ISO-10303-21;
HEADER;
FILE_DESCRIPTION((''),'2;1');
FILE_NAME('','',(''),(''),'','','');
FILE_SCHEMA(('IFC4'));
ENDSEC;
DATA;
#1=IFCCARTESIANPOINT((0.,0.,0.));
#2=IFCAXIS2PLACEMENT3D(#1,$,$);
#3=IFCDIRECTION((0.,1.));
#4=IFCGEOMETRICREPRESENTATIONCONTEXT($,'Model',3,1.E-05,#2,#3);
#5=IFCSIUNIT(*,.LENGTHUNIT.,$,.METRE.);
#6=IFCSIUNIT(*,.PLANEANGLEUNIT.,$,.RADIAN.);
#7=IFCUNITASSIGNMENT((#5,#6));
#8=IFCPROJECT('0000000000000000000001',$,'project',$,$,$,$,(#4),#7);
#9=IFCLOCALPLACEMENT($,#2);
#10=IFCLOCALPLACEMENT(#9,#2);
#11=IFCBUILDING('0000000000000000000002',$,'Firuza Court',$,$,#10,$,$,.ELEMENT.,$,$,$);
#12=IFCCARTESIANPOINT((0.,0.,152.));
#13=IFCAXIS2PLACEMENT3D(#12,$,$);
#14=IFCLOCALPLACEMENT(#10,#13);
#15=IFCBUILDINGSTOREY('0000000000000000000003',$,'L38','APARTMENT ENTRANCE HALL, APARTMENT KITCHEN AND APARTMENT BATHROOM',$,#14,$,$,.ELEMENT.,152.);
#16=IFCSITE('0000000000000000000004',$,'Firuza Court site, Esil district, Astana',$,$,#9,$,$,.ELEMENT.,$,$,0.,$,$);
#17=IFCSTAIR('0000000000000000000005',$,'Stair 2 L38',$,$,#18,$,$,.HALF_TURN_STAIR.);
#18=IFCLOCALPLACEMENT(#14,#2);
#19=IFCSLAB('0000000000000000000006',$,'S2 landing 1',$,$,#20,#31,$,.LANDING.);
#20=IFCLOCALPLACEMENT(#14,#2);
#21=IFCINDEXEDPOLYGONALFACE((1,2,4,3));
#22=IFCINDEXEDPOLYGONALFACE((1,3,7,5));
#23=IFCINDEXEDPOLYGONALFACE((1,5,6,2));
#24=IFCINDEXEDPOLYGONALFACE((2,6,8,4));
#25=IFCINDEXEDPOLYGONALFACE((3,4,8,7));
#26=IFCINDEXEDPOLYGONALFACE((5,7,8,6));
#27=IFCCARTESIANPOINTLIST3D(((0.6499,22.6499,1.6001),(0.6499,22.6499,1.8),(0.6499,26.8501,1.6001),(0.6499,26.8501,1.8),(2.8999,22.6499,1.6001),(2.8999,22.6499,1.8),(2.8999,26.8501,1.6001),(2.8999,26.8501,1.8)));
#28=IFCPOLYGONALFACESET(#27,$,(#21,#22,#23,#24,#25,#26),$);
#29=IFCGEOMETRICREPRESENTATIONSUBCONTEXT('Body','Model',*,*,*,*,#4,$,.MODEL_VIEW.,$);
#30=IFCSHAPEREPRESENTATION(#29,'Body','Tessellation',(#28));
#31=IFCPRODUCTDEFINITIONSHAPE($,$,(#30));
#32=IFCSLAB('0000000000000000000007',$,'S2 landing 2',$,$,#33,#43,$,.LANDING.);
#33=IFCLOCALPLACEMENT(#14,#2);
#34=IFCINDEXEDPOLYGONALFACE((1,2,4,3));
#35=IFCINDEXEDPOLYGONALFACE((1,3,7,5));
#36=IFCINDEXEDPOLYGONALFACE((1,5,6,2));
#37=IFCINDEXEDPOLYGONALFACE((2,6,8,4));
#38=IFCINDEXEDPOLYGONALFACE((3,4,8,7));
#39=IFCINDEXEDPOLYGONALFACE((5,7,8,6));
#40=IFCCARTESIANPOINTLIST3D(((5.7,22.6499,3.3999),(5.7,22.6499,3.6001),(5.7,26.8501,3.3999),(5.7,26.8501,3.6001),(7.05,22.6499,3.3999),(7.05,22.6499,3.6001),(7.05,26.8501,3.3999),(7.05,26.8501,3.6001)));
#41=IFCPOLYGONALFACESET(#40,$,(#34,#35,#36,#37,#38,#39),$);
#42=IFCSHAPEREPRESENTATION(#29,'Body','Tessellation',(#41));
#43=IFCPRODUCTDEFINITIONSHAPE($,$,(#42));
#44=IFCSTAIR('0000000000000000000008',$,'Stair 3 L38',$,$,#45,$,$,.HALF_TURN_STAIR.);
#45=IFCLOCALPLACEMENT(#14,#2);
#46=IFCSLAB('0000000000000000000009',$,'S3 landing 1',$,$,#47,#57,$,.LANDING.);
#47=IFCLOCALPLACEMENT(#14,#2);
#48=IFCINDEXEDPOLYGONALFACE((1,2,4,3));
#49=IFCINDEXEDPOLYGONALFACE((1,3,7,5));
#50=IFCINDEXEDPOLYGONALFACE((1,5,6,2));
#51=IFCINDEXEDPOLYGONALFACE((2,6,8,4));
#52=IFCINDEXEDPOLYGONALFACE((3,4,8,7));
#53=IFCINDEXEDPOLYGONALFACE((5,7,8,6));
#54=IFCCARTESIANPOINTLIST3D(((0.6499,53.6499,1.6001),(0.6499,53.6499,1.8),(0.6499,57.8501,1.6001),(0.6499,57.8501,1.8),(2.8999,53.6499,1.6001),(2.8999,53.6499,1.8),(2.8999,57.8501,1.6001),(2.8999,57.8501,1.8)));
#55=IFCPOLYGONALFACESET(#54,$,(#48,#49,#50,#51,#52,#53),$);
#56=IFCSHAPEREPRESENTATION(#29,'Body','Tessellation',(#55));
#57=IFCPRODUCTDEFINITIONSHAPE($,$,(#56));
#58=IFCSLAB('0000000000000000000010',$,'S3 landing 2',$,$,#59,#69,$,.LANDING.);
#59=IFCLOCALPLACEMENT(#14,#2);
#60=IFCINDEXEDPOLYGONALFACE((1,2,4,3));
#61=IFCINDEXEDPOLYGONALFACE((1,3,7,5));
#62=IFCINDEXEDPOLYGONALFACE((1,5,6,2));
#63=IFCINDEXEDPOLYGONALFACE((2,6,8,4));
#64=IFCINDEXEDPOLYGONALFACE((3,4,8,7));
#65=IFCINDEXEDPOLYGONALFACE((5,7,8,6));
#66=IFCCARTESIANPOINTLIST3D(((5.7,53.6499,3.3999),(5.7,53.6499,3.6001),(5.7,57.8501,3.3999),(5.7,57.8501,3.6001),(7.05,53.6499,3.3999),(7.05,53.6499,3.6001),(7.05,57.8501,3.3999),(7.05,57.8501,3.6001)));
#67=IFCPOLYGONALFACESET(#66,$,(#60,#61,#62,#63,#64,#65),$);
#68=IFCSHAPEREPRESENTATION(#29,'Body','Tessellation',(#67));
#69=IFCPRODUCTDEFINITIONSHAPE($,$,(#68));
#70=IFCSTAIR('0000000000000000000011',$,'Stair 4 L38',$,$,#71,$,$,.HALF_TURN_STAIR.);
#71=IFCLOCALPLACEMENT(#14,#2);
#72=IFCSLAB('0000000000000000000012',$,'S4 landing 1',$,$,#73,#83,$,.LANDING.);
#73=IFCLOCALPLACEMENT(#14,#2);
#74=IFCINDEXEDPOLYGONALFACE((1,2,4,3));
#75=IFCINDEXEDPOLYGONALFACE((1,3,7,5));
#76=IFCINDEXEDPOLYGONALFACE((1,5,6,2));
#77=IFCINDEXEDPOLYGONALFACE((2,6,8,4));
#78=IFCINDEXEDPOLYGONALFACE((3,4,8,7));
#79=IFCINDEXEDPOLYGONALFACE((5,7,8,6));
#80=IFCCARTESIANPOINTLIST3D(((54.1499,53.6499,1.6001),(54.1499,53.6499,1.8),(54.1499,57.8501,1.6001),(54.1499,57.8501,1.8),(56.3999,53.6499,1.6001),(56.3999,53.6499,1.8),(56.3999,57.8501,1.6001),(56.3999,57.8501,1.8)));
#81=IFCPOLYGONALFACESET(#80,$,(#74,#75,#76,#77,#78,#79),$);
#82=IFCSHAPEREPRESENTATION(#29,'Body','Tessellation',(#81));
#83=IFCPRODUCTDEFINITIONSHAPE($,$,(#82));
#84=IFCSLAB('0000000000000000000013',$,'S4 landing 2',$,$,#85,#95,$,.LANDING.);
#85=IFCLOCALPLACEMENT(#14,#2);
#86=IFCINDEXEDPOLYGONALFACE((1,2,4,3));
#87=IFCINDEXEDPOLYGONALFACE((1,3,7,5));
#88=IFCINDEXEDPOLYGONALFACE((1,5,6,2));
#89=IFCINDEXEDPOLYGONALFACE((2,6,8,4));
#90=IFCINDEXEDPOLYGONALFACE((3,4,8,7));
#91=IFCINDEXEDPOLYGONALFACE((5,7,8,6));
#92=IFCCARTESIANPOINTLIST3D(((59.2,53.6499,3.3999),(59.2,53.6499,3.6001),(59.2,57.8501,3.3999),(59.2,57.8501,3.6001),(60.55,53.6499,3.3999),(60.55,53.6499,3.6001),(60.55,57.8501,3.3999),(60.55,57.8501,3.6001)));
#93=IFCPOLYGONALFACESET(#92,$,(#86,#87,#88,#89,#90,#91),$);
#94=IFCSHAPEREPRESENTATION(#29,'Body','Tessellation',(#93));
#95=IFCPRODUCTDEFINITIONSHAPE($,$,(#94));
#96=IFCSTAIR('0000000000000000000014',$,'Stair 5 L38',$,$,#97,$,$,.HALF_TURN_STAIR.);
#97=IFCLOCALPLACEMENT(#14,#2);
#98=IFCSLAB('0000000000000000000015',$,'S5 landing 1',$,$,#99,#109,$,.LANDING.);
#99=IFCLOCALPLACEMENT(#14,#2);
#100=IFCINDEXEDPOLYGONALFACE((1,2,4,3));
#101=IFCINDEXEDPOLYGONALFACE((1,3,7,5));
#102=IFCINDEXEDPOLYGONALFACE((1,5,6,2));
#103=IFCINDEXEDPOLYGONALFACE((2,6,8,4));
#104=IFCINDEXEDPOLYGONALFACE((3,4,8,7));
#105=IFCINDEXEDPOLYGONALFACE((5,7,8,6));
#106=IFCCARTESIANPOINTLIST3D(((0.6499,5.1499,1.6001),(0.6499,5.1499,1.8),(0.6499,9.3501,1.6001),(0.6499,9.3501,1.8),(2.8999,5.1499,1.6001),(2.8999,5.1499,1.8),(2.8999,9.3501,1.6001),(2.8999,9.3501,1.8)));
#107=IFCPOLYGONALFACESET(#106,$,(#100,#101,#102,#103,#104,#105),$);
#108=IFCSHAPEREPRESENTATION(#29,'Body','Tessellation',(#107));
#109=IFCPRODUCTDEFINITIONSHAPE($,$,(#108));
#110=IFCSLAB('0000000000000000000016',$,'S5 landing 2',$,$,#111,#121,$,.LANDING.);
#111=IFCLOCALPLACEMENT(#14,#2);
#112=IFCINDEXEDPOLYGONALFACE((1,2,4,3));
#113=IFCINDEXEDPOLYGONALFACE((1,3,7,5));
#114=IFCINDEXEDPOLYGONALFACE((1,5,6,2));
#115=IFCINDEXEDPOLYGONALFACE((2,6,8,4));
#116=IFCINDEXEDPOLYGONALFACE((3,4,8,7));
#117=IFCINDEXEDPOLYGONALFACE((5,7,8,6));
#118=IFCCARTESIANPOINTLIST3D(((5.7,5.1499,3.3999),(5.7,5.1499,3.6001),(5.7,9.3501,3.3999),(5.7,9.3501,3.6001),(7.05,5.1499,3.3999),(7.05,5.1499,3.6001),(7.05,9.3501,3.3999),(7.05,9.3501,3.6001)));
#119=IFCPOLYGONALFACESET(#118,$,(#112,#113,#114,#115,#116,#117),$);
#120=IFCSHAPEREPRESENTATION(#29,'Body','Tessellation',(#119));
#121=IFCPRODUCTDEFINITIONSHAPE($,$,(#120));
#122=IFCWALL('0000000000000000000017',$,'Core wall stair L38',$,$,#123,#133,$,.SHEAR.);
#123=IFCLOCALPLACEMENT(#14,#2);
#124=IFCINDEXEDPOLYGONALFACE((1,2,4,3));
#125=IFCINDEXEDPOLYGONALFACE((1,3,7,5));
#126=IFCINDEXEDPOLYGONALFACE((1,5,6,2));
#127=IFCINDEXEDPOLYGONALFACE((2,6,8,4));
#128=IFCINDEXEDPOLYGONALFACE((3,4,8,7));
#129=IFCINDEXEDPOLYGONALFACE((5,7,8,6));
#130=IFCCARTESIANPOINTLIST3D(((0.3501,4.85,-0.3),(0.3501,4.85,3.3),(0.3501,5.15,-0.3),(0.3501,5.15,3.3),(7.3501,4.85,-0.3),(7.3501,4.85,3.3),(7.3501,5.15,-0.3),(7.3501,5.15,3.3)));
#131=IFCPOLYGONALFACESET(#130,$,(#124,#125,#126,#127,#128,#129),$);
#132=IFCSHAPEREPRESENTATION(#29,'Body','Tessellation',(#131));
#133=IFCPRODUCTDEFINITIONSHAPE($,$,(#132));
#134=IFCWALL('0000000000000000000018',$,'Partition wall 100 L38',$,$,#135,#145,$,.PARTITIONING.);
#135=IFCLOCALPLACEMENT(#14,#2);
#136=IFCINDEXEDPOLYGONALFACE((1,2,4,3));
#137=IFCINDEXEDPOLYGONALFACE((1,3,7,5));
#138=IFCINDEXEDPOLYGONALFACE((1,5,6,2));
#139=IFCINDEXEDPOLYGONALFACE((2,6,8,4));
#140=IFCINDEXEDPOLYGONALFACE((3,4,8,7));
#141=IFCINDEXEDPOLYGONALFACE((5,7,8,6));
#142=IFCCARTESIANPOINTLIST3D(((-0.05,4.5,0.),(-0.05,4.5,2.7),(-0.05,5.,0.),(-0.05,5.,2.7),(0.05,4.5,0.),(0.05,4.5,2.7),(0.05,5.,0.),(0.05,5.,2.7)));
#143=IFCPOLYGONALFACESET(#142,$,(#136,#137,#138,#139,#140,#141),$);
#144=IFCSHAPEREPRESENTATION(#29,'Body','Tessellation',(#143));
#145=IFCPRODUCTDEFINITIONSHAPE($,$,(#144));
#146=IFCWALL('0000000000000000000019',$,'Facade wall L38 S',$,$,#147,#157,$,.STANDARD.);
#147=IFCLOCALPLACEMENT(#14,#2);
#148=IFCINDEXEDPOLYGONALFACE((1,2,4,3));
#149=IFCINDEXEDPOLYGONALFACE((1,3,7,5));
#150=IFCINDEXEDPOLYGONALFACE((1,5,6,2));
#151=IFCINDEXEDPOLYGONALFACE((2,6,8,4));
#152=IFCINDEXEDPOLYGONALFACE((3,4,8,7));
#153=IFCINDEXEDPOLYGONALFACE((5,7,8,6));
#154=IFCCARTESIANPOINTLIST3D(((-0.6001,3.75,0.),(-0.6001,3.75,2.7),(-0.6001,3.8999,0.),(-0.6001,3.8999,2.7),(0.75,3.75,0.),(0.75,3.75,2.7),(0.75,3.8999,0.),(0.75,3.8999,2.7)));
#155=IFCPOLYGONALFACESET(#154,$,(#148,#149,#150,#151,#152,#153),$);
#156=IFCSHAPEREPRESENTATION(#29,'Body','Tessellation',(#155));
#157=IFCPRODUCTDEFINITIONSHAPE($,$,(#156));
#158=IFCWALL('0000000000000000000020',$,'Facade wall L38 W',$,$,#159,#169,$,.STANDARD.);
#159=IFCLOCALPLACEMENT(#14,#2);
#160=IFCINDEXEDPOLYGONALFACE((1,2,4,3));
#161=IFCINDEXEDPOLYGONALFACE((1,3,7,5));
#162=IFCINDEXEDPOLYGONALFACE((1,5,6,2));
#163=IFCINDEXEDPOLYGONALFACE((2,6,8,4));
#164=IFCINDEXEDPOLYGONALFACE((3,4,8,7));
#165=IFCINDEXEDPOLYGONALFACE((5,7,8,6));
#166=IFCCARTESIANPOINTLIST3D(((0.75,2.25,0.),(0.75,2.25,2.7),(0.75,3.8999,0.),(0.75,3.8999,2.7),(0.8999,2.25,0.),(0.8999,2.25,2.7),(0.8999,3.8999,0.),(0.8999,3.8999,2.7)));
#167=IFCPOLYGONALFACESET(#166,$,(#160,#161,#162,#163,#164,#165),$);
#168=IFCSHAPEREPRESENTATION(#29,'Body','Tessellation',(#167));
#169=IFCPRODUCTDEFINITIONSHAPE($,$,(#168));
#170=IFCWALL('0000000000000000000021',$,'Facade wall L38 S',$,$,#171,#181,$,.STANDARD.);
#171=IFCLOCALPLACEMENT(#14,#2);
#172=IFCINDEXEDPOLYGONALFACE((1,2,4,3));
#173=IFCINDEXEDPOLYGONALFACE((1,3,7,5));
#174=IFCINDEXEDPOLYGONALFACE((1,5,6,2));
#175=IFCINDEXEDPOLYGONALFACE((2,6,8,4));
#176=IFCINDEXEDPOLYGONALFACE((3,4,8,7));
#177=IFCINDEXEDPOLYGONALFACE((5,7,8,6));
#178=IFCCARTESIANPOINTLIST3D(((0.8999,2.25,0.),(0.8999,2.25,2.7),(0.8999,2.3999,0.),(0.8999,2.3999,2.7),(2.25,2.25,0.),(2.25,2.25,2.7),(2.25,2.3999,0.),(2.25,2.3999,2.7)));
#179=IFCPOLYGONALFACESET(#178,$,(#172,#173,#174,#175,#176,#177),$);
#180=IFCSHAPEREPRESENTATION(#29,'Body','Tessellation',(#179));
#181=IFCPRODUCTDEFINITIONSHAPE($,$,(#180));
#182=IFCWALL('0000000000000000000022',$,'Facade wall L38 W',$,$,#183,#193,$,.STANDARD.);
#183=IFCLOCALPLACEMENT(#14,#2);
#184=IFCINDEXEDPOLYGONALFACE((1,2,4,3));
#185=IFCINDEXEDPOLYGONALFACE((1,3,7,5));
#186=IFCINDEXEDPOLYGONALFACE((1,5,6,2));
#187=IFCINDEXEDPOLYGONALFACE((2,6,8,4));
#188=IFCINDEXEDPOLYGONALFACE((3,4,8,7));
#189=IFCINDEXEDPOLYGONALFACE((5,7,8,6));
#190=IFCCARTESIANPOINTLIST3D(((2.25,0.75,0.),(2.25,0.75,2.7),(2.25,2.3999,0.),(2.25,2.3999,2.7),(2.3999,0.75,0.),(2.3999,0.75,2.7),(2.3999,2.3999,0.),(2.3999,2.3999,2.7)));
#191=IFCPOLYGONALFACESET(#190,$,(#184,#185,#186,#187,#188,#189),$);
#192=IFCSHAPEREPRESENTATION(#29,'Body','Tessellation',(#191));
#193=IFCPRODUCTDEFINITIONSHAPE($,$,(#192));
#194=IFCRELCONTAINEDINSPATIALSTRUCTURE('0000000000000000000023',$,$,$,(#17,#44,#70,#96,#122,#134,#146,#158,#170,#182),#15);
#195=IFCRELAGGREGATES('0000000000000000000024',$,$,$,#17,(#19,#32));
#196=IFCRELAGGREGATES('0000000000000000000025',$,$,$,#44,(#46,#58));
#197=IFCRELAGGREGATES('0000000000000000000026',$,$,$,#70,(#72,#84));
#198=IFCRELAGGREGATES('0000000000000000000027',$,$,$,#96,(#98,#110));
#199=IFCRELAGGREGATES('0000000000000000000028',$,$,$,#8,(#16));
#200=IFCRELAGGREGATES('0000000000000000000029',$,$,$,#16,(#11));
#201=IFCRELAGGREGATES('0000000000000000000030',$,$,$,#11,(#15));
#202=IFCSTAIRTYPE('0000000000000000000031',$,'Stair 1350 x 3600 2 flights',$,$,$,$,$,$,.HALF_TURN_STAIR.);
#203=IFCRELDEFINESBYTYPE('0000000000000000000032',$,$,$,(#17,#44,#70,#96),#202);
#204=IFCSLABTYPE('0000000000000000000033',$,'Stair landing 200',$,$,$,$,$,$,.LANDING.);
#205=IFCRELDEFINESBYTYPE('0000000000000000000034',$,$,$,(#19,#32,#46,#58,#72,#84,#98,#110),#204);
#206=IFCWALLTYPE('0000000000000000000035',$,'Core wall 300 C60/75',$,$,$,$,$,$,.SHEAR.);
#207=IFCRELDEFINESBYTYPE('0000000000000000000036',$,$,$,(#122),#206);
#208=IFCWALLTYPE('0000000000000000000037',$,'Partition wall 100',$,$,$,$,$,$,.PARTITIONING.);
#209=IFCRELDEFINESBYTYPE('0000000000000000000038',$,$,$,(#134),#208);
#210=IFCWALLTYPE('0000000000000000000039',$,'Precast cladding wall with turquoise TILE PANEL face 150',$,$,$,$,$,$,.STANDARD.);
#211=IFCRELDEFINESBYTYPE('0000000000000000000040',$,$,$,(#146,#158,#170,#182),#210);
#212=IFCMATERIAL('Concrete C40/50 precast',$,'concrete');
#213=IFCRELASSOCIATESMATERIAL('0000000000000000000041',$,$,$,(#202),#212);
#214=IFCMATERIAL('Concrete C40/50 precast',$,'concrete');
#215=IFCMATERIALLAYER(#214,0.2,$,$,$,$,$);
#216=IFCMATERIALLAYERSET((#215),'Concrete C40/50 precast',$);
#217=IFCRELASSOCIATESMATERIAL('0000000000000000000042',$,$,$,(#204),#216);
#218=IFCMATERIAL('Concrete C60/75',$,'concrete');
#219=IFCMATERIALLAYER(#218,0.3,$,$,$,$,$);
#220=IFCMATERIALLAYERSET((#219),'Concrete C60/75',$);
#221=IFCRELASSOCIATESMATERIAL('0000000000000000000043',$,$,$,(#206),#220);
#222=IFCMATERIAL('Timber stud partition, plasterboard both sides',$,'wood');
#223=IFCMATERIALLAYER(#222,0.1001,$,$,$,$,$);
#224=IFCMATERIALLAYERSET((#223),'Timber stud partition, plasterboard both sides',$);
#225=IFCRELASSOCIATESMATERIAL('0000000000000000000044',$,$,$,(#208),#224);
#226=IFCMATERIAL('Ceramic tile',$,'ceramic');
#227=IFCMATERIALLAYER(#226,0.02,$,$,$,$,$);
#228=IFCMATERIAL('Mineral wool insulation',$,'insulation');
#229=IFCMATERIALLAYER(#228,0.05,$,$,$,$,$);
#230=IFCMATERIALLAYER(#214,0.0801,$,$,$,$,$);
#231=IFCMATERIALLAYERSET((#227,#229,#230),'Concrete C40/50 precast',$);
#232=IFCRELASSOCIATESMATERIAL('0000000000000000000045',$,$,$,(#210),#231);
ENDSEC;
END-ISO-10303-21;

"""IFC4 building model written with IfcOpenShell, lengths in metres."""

from ifc_helpers import new_model, si_unit, direction, frame, frame_2d, origin, place, context, subcontext, project, spatial, polyline, rectangle, outline, extrude, material, layer, layer_set, type_object, element, aggregate, save


model = new_model("IFC4")

# Units and contexts
model_context = context("Model", 3, precision=1e-05, world=origin(), true_north=direction((0.0, 1.0)))
body_context = subcontext(model_context, "Body", "Model", "MODEL_VIEW")
ifc_project = project(units=[si_unit("LENGTHUNIT", "METRE"), si_unit("PLANEANGLEUNIT", "RADIAN")], contexts=[model_context])

# Site, building, storey
site_placement = place(None, origin())
site = spatial("IfcSite", under=ifc_project, at=site_placement, Name="Firuza Court site, Esil district, Astana", CompositionType="ELEMENT", RefElevation=0.0)
building_placement = place(site_placement, origin())
building = spatial("IfcBuilding", under=site, at=building_placement, Name="Firuza Court", CompositionType="ELEMENT")
storey_placement = place(building_placement, frame((0.0, 0.0, 152.0)))
storey = spatial("IfcBuildingStorey", under=building, at=storey_placement, Name="L38", Description="APARTMENT ENTRANCE HALL, APARTMENT KITCHEN AND APARTMENT BATHROOM", CompositionType="ELEMENT", Elevation=152.0)

# Stairs, slabs
ifc_material_1 = material(Name="Concrete C40/50 precast", Category="concrete")
stair_type = type_object("IfcStairType", Name="Stair 1350 x 3600 2 flights", PredefinedType="HALF_TURN_STAIR", material=ifc_material_1)
ifc_material_2 = material(Name="Concrete C40/50 precast", Category="concrete")
ifc_layer_1 = layer(ifc_material_2, 0.2)
ifc_layer_set_1 = layer_set([ifc_layer_1], Name="Concrete C40/50 precast")
slab_type_1 = type_object("IfcSlabType", Name="Stair landing 200", PredefinedType="LANDING", material=ifc_layer_set_1)
stair_1_placement = place(storey_placement, origin())
stair_1 = element("IfcStair", 1, at=stair_1_placement, inside=storey, type_object=stair_type, Name="Stair 2 L38", PredefinedType="HALF_TURN_STAIR")
slab_1_placement = place(storey_placement, frame((0.0, 0.0, 1.6001)))
slab_1 = element("IfcSlab", 2, at=slab_1_placement, type_object=slab_type_1, Name="S2 landing 1", PredefinedType="LANDING", context=body_context, shape_type="SweptSolid", body=[
    extrude(outline(polyline([(2.8999, 22.6499), (2.8999, 26.8501), (0.6499, 26.8501), (0.6499, 22.6499), (2.8999, 22.6499)])), origin(), (0.0, 0.0, 1.0), 0.2),
])
slab_2_placement = place(storey_placement, frame((0.0, 0.0, 3.3999)))
slab_2 = element("IfcSlab", 3, at=slab_2_placement, type_object=slab_type_1, Name="S2 landing 2", PredefinedType="LANDING", context=body_context, shape_type="SweptSolid", body=[
    extrude(outline(polyline([(7.05, 22.6499), (7.05, 26.8501), (5.7, 26.8501), (5.7, 22.6499), (7.05, 22.6499)])), origin(), (0.0, 0.0, 1.0), 0.2002),
])
aggregate(stair_1, [slab_1, slab_2])
stair_2_placement = place(storey_placement, origin())
stair_2 = element("IfcStair", 4, at=stair_2_placement, inside=storey, type_object=stair_type, Name="Stair 3 L38", PredefinedType="HALF_TURN_STAIR")
slab_3_placement = place(storey_placement, frame((0.0, 0.0, 1.6001)))
slab_3 = element("IfcSlab", 5, at=slab_3_placement, type_object=slab_type_1, Name="S3 landing 1", PredefinedType="LANDING", context=body_context, shape_type="SweptSolid", body=[
    extrude(outline(polyline([(2.8999, 53.6499), (2.8999, 57.8501), (0.6499, 57.8501), (0.6499, 53.6499), (2.8999, 53.6499)])), origin(), (0.0, 0.0, 1.0), 0.2),
])
slab_4_placement = place(storey_placement, frame((0.0, 0.0, 3.3999)))
slab_4 = element("IfcSlab", 6, at=slab_4_placement, type_object=slab_type_1, Name="S3 landing 2", PredefinedType="LANDING", context=body_context, shape_type="SweptSolid", body=[
    extrude(outline(polyline([(7.05, 53.6499), (7.05, 57.8501), (5.7, 57.8501), (5.7, 53.6499), (7.05, 53.6499)])), origin(), (0.0, 0.0, 1.0), 0.2002),
])
aggregate(stair_2, [slab_3, slab_4])
stair_3_placement = place(storey_placement, origin())
stair_3 = element("IfcStair", 7, at=stair_3_placement, inside=storey, type_object=stair_type, Name="Stair 4 L38", PredefinedType="HALF_TURN_STAIR")
slab_5_placement = place(storey_placement, frame((0.0, 0.0, 1.6001)))
slab_5 = element("IfcSlab", 8, at=slab_5_placement, type_object=slab_type_1, Name="S4 landing 1", PredefinedType="LANDING", context=body_context, shape_type="SweptSolid", body=[
    extrude(outline(polyline([(56.3999, 53.6499), (56.3999, 57.8501), (54.1499, 57.8501), (54.1499, 53.6499), (56.3999, 53.6499)])), origin(), (0.0, 0.0, 1.0), 0.2),
])
slab_6_placement = place(storey_placement, frame((0.0, 0.0, 3.3999)))
slab_6 = element("IfcSlab", 9, at=slab_6_placement, type_object=slab_type_1, Name="S4 landing 2", PredefinedType="LANDING", context=body_context, shape_type="SweptSolid", body=[
    extrude(outline(polyline([(60.55, 53.6499), (60.55, 57.8501), (59.2, 57.8501), (59.2, 53.6499), (60.55, 53.6499)])), origin(), (0.0, 0.0, 1.0), 0.2002),
])
aggregate(stair_3, [slab_5, slab_6])
stair_4_placement = place(storey_placement, origin())
stair_4 = element("IfcStair", 10, at=stair_4_placement, inside=storey, type_object=stair_type, Name="Stair 5 L38", PredefinedType="HALF_TURN_STAIR")
slab_7_placement = place(storey_placement, frame((0.0, 0.0, 1.6001)))
slab_7 = element("IfcSlab", 11, at=slab_7_placement, type_object=slab_type_1, Name="S5 landing 1", PredefinedType="LANDING", context=body_context, shape_type="SweptSolid", body=[
    extrude(outline(polyline([(2.8999, 5.1499), (2.8999, 9.3501), (0.6499, 9.3501), (0.6499, 5.1499), (2.8999, 5.1499)])), origin(), (0.0, 0.0, 1.0), 0.2),
])
slab_8_placement = place(storey_placement, frame((0.0, 0.0, 3.3999)))
slab_8 = element("IfcSlab", 12, at=slab_8_placement, type_object=slab_type_1, Name="S5 landing 2", PredefinedType="LANDING", context=body_context, shape_type="SweptSolid", body=[
    extrude(outline(polyline([(7.05, 5.1499), (7.05, 9.3501), (5.7, 9.3501), (5.7, 5.1499), (7.05, 5.1499)])), origin(), (0.0, 0.0, 1.0), 0.2002),
])
aggregate(stair_4, [slab_7, slab_8])

# Walls
ifc_material_3 = material(Name="Concrete C60/75", Category="concrete")
ifc_layer_2 = layer(ifc_material_3, 0.3)
ifc_layer_set_2 = layer_set([ifc_layer_2], Name="Concrete C60/75")
wall_type_1 = type_object("IfcWallType", Name="Core wall 300 C60/75", PredefinedType="SHEAR", material=ifc_layer_set_2)
wall_1_placement = place(storey_placement, frame((0.3501, 5.0, -0.3), z_axis=(0.0, 0.0, 1.0), x_axis=(1.0, 0.0, 0.0)))
element("IfcWall", 13, at=wall_1_placement, inside=storey, type_object=wall_type_1, Name="Core wall stair L38", PredefinedType="SHEAR", context=body_context, shape_type="SweptSolid", body=[
    extrude(rectangle(XDim=7.0, YDim=0.3, at=frame_2d((3.5, 0.0))), origin(), (0.0, 0.0, 1.0), 3.6001),
])
ifc_material_4 = material(Name="Timber stud partition, plasterboard both sides", Category="wood")
ifc_layer_3 = layer(ifc_material_4, 0.1001)
ifc_layer_set_3 = layer_set([ifc_layer_3], Name="Timber stud partition, plasterboard both sides")
wall_type_2 = type_object("IfcWallType", Name="Partition wall 100", PredefinedType="PARTITIONING", material=ifc_layer_set_3)
wall_2_placement = place(storey_placement, frame((0.0, 4.5, 0.0), z_axis=(0.0, 0.0, 1.0), x_axis=(0.0, 1.0, 0.0)))
element("IfcWall", 14, at=wall_2_placement, inside=storey, type_object=wall_type_2, Name="Partition wall 100 L38", PredefinedType="PARTITIONING", context=body_context, shape_type="SweptSolid", body=[
    extrude(rectangle(XDim=0.5, YDim=0.1001, at=frame_2d((0.25, 0.0))), origin(), (0.0, 0.0, 1.0), 2.7),
])
ifc_material_5 = material(Name="Ceramic tile", Category="ceramic")
ifc_layer_4 = layer(ifc_material_5, 0.02)
ifc_material_6 = material(Name="Mineral wool insulation", Category="insulation")
ifc_layer_5 = layer(ifc_material_6, 0.05)
ifc_layer_6 = layer(ifc_material_2, 0.0801)
ifc_layer_set_4 = layer_set([ifc_layer_4, ifc_layer_5, ifc_layer_6], Name="Concrete C40/50 precast")
wall_type_3 = type_object("IfcWallType", Name="Precast cladding wall with turquoise TILE PANEL face 150", PredefinedType="STANDARD", material=ifc_layer_set_4)
wall_3_placement = place(storey_placement, frame((-0.6001, 3.825, 0.0), z_axis=(0.0, 0.0, 1.0), x_axis=(1.0, 0.0, 0.0)))
element("IfcWall", 15, at=wall_3_placement, inside=storey, type_object=wall_type_3, Name="Facade wall L38 S", PredefinedType="STANDARD", context=body_context, shape_type="SweptSolid", body=[
    extrude(rectangle(XDim=1.3501, YDim=0.1499, at=frame_2d((0.675, 0.0))), origin(), (0.0, 0.0, 1.0), 2.7),
])
wall_4_placement = place(storey_placement, frame((0.825, 3.8999, 0.0), z_axis=(0.0, 0.0, 1.0), x_axis=(0.0, -1.0, 0.0)))
element("IfcWall", 16, at=wall_4_placement, inside=storey, type_object=wall_type_3, Name="Facade wall L38 W", PredefinedType="STANDARD", context=body_context, shape_type="SweptSolid", body=[
    extrude(rectangle(XDim=1.6499, YDim=0.1499, at=frame_2d((0.825, 0.0))), origin(), (0.0, 0.0, 1.0), 2.7),
])
wall_5_placement = place(storey_placement, frame((0.8999, 2.325, 0.0), z_axis=(0.0, 0.0, 1.0), x_axis=(1.0, 0.0, 0.0)))
element("IfcWall", 17, at=wall_5_placement, inside=storey, type_object=wall_type_3, Name="Facade wall L38 S", PredefinedType="STANDARD", context=body_context, shape_type="SweptSolid", body=[
    extrude(rectangle(XDim=1.3501, YDim=0.1499, at=frame_2d((0.675, 0.0))), origin(), (0.0, 0.0, 1.0), 2.7),
])
wall_6_placement = place(storey_placement, frame((2.325, 2.3999, 0.0), z_axis=(0.0, 0.0, 1.0), x_axis=(0.0, -1.0, 0.0)))
element("IfcWall", 18, at=wall_6_placement, inside=storey, type_object=wall_type_3, Name="Facade wall L38 W", PredefinedType="STANDARD", context=body_context, shape_type="SweptSolid", body=[
    extrude(rectangle(XDim=1.6499, YDim=0.1499, at=frame_2d((0.825, 0.0))), origin(), (0.0, 0.0, 1.0), 2.7),
])

save(model, "model.ifc")
